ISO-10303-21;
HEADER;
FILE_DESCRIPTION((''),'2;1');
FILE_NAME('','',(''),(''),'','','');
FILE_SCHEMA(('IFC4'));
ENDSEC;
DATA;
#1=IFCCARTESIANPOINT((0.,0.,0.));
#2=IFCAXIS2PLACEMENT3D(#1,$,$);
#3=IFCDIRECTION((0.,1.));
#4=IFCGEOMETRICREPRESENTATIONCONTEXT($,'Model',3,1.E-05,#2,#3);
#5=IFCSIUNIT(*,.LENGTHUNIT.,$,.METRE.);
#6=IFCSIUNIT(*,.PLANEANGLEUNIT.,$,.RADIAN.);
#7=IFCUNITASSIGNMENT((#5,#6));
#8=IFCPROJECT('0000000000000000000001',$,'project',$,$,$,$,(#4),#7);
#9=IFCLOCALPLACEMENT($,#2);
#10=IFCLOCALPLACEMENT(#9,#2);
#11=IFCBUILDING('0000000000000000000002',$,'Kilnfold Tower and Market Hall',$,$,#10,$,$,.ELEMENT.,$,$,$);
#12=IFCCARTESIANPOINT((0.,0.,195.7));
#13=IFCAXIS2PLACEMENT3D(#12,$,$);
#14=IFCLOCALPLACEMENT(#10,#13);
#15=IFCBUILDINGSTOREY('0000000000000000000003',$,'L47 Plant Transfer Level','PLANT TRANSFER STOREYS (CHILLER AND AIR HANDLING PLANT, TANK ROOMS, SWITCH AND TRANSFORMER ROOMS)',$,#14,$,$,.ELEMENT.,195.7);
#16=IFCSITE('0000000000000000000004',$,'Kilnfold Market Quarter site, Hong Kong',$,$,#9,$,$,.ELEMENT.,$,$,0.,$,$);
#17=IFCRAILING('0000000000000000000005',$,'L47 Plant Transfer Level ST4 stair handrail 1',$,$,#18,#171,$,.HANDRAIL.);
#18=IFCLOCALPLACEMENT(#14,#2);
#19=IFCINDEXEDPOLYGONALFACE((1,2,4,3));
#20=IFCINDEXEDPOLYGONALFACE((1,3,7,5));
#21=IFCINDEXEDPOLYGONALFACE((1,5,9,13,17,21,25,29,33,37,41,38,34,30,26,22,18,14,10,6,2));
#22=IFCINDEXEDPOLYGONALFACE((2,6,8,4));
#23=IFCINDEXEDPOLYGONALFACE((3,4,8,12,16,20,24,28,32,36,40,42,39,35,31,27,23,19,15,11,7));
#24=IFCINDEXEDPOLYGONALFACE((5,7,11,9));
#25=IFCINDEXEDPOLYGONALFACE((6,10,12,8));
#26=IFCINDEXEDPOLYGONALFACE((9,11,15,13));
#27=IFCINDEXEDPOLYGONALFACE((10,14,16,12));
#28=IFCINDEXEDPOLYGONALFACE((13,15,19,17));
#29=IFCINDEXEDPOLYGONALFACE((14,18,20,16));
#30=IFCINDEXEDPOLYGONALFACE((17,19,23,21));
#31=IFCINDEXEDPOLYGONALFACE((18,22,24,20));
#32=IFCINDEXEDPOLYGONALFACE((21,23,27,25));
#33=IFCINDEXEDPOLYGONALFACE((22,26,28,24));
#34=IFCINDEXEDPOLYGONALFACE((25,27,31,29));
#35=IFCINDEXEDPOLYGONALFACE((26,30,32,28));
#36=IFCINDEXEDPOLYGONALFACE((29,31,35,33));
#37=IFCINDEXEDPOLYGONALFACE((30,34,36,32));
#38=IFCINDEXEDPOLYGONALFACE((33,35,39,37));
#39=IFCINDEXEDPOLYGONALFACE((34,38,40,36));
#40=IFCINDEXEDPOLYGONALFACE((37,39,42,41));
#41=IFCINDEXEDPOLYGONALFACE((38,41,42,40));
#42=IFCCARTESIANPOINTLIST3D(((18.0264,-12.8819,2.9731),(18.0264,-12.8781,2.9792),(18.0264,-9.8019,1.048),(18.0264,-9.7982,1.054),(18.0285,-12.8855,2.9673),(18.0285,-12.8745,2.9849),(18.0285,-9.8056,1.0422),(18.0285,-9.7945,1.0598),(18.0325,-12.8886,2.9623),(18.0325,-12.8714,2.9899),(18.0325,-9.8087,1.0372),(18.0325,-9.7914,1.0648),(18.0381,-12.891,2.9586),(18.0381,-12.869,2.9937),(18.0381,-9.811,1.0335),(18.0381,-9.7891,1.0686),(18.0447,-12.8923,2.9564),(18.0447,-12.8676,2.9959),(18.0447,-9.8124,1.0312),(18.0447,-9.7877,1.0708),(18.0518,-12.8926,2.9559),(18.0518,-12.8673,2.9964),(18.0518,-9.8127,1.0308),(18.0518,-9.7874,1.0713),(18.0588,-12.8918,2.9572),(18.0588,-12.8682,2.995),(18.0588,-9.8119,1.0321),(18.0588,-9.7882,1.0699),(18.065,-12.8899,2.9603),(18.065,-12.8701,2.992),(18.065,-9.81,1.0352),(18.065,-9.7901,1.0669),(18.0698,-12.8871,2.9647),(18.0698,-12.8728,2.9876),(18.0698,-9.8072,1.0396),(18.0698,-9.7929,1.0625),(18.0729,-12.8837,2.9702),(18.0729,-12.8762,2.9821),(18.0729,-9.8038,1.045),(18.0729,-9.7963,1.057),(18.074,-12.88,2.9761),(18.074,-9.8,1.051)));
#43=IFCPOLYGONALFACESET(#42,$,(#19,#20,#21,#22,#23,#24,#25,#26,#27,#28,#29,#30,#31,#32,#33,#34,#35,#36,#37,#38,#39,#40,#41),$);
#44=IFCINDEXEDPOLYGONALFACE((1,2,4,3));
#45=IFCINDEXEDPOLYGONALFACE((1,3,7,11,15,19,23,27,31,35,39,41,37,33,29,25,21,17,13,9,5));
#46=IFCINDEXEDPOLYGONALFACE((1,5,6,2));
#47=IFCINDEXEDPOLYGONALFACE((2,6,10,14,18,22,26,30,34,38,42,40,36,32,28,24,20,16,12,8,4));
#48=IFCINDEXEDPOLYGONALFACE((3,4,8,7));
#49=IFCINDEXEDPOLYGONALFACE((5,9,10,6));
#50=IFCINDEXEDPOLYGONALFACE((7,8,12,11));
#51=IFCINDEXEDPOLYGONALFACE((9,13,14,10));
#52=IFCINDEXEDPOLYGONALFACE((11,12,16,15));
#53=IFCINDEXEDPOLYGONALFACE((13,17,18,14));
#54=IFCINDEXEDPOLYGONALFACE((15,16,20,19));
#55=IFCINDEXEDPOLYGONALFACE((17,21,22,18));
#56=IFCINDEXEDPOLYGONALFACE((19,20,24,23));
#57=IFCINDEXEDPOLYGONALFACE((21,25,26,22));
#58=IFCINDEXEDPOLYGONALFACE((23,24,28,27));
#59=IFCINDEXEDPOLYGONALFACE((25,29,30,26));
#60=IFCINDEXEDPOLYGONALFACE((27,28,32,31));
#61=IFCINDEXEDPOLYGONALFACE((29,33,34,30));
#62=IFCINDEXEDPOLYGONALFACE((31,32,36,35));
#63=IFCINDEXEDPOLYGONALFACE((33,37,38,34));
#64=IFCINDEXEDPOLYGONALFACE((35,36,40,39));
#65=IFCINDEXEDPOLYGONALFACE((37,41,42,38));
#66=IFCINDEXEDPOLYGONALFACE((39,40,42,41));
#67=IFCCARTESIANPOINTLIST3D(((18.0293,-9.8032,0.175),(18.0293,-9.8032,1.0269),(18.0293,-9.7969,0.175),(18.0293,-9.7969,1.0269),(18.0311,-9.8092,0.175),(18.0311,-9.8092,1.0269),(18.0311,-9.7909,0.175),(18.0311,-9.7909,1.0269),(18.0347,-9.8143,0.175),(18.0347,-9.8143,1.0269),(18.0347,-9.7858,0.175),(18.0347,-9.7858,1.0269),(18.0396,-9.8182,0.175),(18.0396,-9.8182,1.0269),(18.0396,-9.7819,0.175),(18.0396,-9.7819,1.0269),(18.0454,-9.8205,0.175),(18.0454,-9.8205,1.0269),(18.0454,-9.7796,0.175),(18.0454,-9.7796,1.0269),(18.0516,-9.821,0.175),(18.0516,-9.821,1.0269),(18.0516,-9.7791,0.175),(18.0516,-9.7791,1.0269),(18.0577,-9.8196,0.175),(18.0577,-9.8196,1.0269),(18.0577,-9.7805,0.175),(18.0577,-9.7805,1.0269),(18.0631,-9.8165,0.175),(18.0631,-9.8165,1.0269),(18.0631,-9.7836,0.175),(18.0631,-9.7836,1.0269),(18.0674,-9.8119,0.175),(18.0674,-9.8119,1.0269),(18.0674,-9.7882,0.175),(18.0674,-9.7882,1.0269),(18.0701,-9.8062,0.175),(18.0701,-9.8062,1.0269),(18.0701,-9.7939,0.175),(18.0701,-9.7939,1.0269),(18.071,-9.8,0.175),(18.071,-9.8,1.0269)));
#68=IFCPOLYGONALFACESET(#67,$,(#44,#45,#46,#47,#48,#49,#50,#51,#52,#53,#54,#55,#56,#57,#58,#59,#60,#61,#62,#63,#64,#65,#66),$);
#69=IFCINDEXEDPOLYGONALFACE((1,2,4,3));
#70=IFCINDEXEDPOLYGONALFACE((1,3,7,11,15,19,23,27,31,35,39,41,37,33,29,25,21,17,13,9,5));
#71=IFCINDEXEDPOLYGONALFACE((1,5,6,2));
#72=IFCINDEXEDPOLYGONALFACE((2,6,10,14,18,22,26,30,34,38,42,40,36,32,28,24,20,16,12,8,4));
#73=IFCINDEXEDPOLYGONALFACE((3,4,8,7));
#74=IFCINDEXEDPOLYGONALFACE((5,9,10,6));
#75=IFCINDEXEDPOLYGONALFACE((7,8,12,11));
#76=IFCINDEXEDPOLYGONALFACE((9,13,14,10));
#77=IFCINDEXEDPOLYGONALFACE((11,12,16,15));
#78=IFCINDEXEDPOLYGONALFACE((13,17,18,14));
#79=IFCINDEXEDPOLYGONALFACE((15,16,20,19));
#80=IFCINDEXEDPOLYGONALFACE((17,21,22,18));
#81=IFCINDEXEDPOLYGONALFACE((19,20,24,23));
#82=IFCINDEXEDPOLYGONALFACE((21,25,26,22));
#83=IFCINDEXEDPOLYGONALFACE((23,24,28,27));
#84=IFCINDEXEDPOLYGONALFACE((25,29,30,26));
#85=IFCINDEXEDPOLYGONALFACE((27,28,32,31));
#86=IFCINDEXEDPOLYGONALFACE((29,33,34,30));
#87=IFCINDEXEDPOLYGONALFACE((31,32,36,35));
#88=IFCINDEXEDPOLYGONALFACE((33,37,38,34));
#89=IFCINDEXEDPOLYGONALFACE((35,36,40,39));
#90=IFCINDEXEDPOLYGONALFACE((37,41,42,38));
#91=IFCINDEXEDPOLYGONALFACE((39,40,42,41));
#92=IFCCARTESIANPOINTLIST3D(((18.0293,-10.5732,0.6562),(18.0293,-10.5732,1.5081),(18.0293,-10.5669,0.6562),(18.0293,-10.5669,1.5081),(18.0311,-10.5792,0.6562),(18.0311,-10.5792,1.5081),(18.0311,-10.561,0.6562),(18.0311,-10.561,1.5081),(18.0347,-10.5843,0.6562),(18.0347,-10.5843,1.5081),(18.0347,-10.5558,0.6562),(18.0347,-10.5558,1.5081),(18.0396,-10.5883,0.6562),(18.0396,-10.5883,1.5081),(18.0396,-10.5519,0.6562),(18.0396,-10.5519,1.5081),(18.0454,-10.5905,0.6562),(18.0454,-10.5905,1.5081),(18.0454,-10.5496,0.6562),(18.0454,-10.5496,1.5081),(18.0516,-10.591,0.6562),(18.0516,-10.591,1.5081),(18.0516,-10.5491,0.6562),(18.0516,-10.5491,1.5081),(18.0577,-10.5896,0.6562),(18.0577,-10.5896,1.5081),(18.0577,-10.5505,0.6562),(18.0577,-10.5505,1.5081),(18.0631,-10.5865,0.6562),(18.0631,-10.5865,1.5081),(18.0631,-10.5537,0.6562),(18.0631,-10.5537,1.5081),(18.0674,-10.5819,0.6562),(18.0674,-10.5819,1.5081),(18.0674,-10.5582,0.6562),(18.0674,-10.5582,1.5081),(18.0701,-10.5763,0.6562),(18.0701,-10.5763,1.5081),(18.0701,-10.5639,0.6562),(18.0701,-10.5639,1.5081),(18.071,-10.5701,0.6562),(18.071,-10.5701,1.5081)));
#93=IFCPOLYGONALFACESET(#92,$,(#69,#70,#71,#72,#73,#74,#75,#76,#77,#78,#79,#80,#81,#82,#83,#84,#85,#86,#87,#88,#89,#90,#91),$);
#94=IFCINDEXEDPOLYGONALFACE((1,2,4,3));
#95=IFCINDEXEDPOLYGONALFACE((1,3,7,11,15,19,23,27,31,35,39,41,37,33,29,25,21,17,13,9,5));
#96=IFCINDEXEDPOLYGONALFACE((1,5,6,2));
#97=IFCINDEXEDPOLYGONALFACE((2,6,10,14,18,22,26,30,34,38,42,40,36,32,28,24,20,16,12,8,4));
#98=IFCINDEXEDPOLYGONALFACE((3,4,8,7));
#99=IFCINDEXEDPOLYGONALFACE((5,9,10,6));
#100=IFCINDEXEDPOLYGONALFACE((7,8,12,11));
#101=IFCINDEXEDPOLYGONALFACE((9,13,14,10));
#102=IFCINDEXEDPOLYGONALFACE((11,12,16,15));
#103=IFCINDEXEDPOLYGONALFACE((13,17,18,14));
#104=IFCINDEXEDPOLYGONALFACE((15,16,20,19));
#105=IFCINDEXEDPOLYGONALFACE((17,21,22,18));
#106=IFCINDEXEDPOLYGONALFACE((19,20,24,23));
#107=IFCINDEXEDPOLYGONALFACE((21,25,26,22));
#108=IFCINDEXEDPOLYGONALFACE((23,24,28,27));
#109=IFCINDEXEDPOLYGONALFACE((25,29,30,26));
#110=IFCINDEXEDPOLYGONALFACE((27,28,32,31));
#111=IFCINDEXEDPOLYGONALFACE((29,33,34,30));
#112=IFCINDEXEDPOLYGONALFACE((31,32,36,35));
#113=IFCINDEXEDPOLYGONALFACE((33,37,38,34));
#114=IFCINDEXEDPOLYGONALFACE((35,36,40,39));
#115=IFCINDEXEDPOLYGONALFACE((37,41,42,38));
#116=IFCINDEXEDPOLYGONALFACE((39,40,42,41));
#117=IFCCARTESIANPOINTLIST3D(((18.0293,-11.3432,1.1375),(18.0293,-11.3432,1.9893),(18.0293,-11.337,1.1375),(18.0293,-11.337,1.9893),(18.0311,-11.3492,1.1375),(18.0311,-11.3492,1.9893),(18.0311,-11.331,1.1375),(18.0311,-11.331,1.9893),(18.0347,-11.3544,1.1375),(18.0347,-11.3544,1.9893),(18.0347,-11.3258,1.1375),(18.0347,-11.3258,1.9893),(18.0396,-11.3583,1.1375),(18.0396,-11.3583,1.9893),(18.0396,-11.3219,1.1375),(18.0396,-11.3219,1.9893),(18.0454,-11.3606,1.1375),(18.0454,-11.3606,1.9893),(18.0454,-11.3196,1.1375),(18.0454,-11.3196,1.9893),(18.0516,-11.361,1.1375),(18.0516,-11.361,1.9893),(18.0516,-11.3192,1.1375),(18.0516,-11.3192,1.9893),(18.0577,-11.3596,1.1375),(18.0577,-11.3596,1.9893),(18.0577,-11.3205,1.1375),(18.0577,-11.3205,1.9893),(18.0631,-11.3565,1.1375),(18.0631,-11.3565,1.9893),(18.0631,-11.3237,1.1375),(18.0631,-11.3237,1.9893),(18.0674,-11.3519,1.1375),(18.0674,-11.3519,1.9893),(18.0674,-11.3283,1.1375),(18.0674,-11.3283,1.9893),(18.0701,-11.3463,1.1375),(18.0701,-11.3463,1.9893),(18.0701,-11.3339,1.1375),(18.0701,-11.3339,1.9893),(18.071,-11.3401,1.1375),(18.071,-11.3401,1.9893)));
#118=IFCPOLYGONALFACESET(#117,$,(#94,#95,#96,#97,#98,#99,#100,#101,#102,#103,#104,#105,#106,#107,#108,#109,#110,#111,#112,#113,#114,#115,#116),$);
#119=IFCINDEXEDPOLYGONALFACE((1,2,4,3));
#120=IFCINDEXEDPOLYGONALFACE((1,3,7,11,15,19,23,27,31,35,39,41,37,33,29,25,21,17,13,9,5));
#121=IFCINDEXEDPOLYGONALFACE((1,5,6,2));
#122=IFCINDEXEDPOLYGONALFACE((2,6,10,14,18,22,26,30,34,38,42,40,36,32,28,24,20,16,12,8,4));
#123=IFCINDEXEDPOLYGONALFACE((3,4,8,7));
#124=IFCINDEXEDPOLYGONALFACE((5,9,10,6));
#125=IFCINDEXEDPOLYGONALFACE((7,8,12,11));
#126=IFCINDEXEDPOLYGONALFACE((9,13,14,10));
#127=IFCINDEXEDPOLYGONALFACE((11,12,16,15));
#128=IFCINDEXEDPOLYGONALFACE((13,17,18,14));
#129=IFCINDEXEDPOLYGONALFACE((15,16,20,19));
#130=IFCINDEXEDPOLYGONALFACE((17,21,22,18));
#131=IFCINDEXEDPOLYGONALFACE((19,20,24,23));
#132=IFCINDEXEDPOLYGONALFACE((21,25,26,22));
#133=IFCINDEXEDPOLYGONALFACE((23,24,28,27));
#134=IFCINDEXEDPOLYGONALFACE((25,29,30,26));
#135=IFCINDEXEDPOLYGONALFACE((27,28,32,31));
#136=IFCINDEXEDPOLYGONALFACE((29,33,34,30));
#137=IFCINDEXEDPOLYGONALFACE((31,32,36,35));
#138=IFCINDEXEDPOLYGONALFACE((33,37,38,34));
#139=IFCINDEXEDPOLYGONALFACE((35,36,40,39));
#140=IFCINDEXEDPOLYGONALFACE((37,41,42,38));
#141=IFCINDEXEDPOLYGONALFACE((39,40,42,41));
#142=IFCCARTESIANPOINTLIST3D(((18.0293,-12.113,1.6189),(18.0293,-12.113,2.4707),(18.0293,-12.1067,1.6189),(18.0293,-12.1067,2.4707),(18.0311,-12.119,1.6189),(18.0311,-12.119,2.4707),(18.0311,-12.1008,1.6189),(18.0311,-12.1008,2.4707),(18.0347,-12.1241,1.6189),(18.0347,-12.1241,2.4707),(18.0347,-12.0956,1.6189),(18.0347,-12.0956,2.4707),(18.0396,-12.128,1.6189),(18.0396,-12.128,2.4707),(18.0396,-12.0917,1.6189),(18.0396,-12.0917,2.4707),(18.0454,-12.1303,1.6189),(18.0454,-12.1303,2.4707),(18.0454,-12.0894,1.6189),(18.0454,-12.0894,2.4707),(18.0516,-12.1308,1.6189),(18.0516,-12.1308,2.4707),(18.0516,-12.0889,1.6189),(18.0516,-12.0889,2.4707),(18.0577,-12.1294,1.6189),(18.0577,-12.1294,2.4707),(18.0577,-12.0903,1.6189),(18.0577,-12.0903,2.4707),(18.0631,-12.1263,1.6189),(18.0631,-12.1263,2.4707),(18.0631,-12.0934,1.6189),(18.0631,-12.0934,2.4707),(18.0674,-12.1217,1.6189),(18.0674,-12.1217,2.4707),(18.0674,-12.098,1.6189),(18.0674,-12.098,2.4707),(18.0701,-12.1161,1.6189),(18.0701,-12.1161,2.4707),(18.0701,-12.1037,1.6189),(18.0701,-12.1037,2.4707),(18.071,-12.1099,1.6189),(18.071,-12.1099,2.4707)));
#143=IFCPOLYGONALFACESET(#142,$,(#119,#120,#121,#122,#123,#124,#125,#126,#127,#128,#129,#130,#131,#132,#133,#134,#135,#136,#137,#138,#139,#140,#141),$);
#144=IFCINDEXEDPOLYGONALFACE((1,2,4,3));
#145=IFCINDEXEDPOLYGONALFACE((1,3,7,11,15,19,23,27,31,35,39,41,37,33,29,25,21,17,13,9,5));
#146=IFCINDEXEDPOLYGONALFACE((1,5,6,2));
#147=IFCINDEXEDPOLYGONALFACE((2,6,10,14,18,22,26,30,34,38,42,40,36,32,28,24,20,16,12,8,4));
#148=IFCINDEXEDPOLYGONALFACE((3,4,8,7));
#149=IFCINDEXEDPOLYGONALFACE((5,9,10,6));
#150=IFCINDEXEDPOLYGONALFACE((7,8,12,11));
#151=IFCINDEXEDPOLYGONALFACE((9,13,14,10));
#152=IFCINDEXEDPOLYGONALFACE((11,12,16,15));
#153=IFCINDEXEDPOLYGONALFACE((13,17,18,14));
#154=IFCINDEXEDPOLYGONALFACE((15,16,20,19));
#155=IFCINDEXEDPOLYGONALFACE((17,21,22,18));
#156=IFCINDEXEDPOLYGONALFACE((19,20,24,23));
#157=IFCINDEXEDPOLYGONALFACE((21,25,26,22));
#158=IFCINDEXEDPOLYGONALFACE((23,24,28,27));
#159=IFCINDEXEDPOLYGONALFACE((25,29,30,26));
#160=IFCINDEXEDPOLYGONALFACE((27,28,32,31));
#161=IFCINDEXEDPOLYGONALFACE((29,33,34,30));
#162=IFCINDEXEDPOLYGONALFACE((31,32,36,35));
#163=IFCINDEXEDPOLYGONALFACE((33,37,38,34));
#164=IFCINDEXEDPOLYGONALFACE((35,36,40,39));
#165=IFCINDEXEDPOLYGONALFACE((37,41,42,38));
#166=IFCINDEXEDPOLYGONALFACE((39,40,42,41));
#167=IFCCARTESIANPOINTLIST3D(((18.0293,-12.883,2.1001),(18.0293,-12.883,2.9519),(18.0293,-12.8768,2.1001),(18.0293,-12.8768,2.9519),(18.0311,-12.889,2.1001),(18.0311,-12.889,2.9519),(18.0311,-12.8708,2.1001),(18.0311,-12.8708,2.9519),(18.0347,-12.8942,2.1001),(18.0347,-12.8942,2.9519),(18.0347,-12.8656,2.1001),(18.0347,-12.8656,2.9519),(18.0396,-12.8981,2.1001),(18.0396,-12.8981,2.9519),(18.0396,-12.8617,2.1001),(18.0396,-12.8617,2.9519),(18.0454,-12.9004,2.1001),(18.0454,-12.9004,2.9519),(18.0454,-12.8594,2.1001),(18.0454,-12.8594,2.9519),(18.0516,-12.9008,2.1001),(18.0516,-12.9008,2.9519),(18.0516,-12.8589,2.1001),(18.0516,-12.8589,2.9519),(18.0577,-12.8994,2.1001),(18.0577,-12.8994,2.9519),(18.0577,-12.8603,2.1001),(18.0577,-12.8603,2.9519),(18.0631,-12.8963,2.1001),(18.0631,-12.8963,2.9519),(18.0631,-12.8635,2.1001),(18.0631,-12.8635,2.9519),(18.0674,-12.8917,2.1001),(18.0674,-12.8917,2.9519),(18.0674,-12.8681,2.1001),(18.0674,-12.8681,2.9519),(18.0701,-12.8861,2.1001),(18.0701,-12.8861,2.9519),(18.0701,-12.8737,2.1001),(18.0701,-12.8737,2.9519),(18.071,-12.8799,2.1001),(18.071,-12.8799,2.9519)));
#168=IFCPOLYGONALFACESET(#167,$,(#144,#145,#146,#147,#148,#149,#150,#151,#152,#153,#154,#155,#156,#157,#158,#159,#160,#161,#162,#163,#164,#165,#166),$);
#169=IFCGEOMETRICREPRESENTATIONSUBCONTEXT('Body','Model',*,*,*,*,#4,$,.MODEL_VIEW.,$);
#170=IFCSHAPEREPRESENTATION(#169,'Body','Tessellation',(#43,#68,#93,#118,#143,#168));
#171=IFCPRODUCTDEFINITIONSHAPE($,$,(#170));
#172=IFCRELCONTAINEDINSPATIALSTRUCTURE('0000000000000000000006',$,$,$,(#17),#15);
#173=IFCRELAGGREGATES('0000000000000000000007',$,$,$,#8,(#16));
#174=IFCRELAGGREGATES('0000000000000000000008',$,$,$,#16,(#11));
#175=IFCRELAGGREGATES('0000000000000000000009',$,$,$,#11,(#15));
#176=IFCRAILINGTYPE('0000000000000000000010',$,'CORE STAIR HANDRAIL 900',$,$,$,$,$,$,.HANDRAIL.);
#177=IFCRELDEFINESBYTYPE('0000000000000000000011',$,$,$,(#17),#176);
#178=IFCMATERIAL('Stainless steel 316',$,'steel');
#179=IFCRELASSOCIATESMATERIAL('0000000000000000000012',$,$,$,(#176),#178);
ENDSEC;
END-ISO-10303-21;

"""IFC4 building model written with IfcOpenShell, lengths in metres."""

from ifc_helpers import new_model, si_unit, direction, frame, origin, origin_2d, place, context, subcontext, project, spatial, circle, extrude, material, type_object, element, save


model = new_model("IFC4")

# Units and contexts
model_context = context("Model", 3, precision=1e-05, world=origin(), true_north=direction((0.0, 1.0)))
body_context = subcontext(model_context, "Body", "Model", "MODEL_VIEW")
ifc_project = project(units=[si_unit("LENGTHUNIT", "METRE"), si_unit("PLANEANGLEUNIT", "RADIAN")], contexts=[model_context])

# Site, building, storey
site_placement = place(None, origin())
site = spatial("IfcSite", under=ifc_project, at=site_placement, Name="Kilnfold Market Quarter site, Hong Kong", CompositionType="ELEMENT", RefElevation=0.0)
building_placement = place(site_placement, origin())
building = spatial("IfcBuilding", under=site, at=building_placement, Name="Kilnfold Tower and Market Hall", CompositionType="ELEMENT")
storey_placement = place(building_placement, frame((0.0, 0.0, 195.7)))
storey = spatial("IfcBuildingStorey", under=building, at=storey_placement, Name="L47 Plant Transfer Level", Description="PLANT TRANSFER STOREYS (CHILLER AND AIR HANDLING PLANT, TANK ROOMS, SWITCH AND TRANSFORMER ROOMS)", CompositionType="ELEMENT", Elevation=195.7)

# Railing
ifc_material_1 = material(Name="Stainless steel 316", Category="steel")
railing_type_1 = type_object("IfcRailingType", Name="CORE STAIR HANDRAIL 900", PredefinedType="HANDRAIL", material=ifc_material_1)
railing_1_placement = place(storey_placement, frame((18.05, -9.8, 0.175)))
element("IfcRailing", 1, at=railing_1_placement, inside=storey, type_object=railing_type_1, Name="L47 Plant Transfer Level ST4 stair handrail 1", PredefinedType="HANDRAIL", context=body_context, shape_type="SweptSolid", body=[
    extrude(circle(Radius=0.0239, at=origin_2d()), frame((0.0, 0.0, 0.876), z_axis=(0.0, -0.847979, 0.530029), x_axis=(1.0, 0.0, 0.0)), (0.0, 0.0, 1.0), 3.6321),
    extrude(circle(Radius=0.021, at=origin_2d()), origin(), (0.0, 0.0, 1.0), 0.8518),
    extrude(circle(Radius=0.021, at=origin_2d()), frame((0.0, -0.77, 0.4812)), (0.0, 0.0, 1.0), 0.8518),
    extrude(circle(Radius=0.021, at=origin_2d()), frame((0.0, -1.54, 0.9624)), (0.0, 0.0, 1.0), 0.8518),
    extrude(circle(Radius=0.021, at=origin_2d()), frame((0.0, -2.3098, 1.4438)), (0.0, 0.0, 1.0), 0.8518),
    extrude(circle(Radius=0.021, at=origin_2d()), frame((0.0, -3.0798, 1.925)), (0.0, 0.0, 1.0), 0.8518),
])

save(model, "model.ifc")
